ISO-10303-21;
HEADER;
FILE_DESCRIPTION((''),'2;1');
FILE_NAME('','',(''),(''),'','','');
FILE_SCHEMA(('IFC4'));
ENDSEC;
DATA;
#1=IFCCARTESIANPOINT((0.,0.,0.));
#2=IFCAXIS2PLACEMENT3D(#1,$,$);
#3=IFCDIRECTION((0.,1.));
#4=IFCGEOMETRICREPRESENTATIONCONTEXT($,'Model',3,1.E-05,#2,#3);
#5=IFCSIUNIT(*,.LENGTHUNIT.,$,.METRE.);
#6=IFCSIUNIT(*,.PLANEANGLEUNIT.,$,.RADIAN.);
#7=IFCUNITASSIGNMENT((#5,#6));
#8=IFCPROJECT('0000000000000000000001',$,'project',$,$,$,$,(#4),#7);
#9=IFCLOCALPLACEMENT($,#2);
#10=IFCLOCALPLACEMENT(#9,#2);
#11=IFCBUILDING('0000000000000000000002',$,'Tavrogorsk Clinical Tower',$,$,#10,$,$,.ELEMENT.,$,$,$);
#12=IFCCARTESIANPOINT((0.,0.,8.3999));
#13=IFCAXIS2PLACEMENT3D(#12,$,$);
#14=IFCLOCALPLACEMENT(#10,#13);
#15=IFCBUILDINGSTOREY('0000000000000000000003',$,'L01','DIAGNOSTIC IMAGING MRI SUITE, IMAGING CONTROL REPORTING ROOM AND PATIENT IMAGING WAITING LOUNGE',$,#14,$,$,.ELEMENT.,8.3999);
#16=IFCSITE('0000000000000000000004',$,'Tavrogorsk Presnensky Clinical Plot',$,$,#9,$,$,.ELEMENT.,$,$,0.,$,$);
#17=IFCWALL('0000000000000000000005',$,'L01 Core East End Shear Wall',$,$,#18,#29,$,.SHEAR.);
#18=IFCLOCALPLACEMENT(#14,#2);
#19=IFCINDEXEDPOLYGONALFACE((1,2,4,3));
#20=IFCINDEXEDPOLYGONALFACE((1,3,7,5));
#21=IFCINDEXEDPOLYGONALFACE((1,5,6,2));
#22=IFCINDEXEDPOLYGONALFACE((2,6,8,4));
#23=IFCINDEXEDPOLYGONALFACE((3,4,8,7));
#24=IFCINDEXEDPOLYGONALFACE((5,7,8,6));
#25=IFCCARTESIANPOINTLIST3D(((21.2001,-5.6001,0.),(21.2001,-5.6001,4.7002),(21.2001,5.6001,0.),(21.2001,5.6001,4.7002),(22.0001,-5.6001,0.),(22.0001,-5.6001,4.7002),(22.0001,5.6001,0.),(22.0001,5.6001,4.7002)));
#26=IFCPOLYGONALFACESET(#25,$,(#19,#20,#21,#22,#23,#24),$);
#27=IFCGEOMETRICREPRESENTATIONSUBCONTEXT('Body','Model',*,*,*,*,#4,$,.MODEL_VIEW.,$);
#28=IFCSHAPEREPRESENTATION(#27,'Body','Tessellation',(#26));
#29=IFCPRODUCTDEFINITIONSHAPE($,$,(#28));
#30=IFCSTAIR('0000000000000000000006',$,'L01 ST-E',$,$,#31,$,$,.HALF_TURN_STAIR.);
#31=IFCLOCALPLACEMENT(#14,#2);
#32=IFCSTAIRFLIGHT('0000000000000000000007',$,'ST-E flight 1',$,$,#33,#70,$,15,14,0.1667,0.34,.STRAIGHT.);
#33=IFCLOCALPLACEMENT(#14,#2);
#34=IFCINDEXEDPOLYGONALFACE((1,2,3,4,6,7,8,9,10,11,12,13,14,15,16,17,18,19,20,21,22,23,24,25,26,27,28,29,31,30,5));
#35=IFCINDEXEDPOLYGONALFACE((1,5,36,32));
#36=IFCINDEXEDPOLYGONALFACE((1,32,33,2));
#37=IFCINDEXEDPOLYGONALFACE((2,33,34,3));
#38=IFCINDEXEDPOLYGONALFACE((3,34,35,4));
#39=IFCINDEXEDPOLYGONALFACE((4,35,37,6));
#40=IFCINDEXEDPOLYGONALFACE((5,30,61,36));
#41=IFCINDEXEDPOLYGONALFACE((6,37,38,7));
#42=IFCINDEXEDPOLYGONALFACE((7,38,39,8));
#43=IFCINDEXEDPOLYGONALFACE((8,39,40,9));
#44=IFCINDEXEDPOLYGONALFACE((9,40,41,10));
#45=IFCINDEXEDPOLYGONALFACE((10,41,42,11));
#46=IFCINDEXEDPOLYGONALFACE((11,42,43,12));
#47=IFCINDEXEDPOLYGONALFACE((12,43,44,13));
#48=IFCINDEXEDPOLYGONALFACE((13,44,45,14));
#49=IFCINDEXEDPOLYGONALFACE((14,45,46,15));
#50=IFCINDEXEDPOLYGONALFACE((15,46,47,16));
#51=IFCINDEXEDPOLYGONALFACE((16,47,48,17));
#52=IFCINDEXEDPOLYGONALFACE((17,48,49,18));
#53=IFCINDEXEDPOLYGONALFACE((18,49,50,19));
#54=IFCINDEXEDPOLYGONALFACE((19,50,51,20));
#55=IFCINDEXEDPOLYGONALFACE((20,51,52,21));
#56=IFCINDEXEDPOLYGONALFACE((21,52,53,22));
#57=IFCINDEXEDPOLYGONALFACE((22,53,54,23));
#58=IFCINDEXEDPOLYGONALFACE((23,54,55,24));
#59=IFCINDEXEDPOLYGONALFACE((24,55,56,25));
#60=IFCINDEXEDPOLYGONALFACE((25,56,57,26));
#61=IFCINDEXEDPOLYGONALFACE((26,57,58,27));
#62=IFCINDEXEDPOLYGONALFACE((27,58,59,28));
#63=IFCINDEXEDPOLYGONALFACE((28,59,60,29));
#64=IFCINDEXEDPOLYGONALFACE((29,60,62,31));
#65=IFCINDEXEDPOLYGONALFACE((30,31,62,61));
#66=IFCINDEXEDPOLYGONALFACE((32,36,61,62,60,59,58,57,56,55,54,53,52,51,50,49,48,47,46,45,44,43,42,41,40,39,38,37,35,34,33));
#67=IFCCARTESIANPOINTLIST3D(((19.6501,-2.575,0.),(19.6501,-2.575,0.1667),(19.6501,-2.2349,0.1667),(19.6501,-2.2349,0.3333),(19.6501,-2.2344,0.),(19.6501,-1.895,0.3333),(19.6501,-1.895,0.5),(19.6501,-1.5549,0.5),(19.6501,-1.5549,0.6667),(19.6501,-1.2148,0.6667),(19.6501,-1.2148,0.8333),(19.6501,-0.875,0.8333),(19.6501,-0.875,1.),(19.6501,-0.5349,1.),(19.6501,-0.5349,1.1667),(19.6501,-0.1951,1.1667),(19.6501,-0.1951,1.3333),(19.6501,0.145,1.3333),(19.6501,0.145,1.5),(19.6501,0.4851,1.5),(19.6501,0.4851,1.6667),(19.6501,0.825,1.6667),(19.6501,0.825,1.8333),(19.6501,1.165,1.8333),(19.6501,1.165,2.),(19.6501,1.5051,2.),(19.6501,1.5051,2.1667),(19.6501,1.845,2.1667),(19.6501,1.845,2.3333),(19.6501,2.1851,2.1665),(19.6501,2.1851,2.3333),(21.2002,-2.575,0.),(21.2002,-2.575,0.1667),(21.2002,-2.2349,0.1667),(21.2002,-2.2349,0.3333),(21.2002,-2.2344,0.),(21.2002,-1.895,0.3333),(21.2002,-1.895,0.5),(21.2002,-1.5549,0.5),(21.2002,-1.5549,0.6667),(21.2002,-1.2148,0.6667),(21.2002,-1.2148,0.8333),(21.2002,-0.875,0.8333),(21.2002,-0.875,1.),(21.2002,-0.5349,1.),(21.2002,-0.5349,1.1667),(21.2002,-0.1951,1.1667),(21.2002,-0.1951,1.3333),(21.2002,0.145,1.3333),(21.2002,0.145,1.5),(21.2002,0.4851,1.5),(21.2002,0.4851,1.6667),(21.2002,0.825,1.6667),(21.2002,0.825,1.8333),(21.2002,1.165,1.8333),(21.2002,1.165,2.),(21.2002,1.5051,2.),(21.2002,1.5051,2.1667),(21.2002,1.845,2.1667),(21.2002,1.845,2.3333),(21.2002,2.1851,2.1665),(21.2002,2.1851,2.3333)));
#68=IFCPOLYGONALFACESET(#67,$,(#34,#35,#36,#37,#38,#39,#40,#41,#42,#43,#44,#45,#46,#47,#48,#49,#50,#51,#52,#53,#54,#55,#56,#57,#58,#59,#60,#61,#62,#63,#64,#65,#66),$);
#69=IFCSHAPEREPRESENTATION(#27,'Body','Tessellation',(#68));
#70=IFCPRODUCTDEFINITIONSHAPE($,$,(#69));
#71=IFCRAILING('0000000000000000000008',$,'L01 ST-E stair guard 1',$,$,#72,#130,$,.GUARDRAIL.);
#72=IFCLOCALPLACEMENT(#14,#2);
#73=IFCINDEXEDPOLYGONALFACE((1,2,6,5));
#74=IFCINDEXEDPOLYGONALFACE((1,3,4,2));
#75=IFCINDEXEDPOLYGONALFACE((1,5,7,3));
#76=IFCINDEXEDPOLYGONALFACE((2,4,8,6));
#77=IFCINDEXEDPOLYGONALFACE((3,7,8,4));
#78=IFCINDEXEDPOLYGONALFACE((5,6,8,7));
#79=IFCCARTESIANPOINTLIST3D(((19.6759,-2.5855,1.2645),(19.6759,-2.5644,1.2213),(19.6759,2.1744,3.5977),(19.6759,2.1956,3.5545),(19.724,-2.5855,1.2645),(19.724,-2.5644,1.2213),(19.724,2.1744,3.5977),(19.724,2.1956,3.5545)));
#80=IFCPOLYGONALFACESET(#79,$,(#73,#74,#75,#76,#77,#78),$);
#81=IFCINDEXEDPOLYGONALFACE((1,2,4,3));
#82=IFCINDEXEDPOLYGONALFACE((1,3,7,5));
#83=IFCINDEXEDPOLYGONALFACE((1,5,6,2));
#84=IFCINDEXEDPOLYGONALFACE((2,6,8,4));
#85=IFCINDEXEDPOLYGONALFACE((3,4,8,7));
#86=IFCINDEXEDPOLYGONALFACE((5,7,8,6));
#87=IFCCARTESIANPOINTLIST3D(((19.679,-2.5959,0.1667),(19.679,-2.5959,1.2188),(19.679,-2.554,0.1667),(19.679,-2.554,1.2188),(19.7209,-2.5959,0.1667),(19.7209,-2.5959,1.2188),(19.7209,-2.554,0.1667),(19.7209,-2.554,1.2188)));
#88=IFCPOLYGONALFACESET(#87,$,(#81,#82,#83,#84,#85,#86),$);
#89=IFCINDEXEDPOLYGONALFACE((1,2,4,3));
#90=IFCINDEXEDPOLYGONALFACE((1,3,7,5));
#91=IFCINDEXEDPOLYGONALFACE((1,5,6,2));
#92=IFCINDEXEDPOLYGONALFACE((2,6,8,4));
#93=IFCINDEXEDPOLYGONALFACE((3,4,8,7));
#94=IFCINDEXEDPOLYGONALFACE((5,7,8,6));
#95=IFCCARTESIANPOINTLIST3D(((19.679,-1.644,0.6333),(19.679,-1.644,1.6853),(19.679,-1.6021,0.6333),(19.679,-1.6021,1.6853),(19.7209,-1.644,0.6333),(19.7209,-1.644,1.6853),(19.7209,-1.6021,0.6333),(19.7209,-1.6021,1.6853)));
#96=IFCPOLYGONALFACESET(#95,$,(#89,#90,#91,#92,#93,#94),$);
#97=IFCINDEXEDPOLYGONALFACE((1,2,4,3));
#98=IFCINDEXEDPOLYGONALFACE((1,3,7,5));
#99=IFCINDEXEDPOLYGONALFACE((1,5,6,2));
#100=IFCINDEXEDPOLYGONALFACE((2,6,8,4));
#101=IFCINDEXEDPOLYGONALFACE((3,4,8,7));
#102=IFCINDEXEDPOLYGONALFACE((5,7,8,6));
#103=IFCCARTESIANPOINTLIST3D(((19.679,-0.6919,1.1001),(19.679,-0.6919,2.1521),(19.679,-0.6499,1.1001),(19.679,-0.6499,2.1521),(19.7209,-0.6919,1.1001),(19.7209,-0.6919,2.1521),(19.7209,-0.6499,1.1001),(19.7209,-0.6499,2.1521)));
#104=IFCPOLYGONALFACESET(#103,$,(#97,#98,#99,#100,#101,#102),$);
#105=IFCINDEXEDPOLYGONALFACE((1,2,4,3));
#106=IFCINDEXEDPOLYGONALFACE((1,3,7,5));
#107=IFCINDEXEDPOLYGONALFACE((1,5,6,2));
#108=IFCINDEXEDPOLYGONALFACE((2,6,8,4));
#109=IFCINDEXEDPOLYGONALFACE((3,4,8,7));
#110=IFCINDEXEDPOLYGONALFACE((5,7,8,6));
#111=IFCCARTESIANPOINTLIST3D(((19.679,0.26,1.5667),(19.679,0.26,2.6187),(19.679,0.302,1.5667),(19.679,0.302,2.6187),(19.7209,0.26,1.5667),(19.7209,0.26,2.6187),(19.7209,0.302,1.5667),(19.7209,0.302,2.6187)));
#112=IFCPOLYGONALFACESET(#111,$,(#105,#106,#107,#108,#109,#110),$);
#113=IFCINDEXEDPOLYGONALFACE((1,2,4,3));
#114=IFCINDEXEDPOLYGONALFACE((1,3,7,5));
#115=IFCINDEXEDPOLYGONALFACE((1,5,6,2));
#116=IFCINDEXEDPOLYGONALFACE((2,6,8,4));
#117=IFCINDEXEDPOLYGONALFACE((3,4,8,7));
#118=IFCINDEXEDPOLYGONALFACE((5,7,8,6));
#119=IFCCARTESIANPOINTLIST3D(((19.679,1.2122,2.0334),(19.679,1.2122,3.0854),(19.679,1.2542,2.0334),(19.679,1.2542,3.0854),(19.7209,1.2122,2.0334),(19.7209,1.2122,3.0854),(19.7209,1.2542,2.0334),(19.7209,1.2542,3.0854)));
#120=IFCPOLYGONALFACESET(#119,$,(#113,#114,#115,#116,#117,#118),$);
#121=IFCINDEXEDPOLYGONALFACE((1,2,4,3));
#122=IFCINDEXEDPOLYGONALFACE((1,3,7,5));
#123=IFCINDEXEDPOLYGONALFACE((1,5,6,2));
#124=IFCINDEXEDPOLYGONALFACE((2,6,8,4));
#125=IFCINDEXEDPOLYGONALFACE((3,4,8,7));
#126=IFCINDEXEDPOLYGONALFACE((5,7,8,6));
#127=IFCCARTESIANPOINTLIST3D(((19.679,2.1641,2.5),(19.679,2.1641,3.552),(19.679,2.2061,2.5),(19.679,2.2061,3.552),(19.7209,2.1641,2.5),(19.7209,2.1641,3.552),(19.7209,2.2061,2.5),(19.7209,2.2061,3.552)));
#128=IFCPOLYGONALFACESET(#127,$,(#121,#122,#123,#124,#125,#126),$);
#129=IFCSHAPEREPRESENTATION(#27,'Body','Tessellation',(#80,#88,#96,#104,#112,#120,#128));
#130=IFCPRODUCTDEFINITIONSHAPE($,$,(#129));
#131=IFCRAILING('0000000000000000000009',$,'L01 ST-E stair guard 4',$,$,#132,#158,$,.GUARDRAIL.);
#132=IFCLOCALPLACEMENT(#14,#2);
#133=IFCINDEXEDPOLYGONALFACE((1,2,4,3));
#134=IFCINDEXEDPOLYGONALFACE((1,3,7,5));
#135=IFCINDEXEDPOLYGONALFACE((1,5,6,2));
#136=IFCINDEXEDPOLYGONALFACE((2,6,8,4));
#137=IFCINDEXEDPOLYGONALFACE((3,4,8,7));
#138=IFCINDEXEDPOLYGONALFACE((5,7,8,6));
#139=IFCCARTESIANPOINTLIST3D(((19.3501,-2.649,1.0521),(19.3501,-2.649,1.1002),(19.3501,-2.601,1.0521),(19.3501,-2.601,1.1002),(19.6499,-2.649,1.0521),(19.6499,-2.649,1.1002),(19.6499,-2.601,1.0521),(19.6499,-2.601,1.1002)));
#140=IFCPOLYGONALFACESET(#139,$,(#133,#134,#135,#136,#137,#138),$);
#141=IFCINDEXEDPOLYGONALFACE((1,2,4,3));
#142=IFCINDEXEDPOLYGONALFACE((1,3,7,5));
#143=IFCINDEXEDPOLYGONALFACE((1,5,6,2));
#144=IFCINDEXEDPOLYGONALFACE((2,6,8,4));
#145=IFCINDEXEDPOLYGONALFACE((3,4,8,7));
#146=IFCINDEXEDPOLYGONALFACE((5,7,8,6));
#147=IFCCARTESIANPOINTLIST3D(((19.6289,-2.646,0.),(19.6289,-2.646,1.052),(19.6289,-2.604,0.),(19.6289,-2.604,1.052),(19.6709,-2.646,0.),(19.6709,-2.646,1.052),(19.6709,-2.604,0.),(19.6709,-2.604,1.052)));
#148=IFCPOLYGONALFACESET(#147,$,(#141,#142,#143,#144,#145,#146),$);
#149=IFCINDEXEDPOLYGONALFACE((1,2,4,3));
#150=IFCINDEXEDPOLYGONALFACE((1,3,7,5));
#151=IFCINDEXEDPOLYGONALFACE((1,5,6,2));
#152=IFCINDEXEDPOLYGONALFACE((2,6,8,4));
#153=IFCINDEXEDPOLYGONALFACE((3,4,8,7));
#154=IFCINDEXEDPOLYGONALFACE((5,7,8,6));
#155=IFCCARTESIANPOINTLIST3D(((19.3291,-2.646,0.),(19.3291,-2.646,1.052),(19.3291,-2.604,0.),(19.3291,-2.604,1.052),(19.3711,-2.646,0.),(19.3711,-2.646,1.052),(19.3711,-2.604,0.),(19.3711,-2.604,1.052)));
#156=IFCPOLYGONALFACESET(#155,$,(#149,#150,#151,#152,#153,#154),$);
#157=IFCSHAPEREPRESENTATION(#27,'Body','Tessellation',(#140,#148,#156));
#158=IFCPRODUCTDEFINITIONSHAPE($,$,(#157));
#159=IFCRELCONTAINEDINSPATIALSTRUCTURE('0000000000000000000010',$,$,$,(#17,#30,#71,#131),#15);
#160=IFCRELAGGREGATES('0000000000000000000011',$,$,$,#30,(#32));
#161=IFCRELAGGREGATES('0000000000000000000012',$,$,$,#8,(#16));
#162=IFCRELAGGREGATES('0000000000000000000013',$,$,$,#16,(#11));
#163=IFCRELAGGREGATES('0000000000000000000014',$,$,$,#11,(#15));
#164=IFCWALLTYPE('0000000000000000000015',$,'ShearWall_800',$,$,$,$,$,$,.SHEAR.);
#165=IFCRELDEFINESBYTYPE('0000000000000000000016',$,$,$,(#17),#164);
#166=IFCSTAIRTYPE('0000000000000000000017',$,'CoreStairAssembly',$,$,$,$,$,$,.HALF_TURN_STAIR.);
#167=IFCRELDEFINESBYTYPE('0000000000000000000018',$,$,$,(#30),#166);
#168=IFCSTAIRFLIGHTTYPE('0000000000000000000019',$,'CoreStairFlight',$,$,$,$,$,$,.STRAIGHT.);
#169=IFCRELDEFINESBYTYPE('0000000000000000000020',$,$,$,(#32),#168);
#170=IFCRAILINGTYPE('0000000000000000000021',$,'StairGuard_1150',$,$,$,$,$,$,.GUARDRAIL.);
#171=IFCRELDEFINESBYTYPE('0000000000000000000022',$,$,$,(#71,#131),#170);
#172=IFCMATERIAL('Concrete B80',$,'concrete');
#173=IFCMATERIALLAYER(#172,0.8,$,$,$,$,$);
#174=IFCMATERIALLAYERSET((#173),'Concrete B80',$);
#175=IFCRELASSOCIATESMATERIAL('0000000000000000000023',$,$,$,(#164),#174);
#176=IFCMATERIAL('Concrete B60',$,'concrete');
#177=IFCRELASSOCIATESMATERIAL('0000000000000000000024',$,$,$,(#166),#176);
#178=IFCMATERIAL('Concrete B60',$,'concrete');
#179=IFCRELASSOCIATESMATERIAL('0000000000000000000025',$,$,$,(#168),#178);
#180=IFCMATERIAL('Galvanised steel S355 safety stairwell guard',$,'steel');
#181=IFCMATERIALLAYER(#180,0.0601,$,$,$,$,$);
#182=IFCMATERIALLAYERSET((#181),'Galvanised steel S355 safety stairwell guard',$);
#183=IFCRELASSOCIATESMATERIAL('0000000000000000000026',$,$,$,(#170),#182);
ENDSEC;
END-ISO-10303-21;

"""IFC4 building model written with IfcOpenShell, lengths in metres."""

from ifc_helpers import new_model, si_unit, direction, frame, frame_2d, origin, origin_2d, place, context, subcontext, project, spatial, polyline, rectangle, outline, extrude, material, layer, layer_set, type_object, element, aggregate, save


model = new_model("IFC4")

# Units and contexts
model_context = context("Model", 3, precision=1e-05, world=origin(), true_north=direction((0.0, 1.0)))
body_context = subcontext(model_context, "Body", "Model", "MODEL_VIEW")
ifc_project = project(units=[si_unit("LENGTHUNIT", "METRE"), si_unit("PLANEANGLEUNIT", "RADIAN")], contexts=[model_context])

# Site, building, storey
site_placement = place(None, origin())
site = spatial("IfcSite", under=ifc_project, at=site_placement, Name="Tavrogorsk Presnensky Clinical Plot", CompositionType="ELEMENT", RefElevation=0.0)
building_placement = place(site_placement, origin())
building = spatial("IfcBuilding", under=site, at=building_placement, Name="Tavrogorsk Clinical Tower", CompositionType="ELEMENT")
storey_placement = place(building_placement, frame((0.0, 0.0, 8.3999)))
storey = spatial("IfcBuildingStorey", under=building, at=storey_placement, Name="L01", Description="DIAGNOSTIC IMAGING MRI SUITE, IMAGING CONTROL REPORTING ROOM AND PATIENT IMAGING WAITING LOUNGE", CompositionType="ELEMENT", Elevation=8.3999)

# Wall
ifc_material_1 = material(Name="Concrete B80", Category="concrete")
ifc_layer_1 = layer(ifc_material_1, 0.8)
ifc_layer_set_1 = layer_set([ifc_layer_1], Name="Concrete B80")
wall_type_1 = type_object("IfcWallType", Name="ShearWall_800", PredefinedType="SHEAR", material=ifc_layer_set_1)
wall_1_placement = place(storey_placement, frame((21.6001, -5.6001, 0.0), z_axis=(0.0, 0.0, 1.0), x_axis=(0.0, 1.0, 0.0)))
element("IfcWall", 1, at=wall_1_placement, inside=storey, type_object=wall_type_1, Name="L01 Core East End Shear Wall", PredefinedType="SHEAR", context=body_context, shape_type="SweptSolid", body=[
    extrude(rectangle(XDim=11.2002, YDim=0.8, at=frame_2d((5.6001, 0.0))), origin(), (0.0, 0.0, 1.0), 4.7002),
])

# Stair, stair flight
ifc_material_2 = material(Name="Concrete B60", Category="concrete")
stair_type = type_object("IfcStairType", Name="CoreStairAssembly", PredefinedType="HALF_TURN_STAIR", material=ifc_material_2)
stair_placement = place(storey_placement, origin())
stair = element("IfcStair", 2, at=stair_placement, inside=storey, type_object=stair_type, Name="L01 ST-E", PredefinedType="HALF_TURN_STAIR")
ifc_material_3 = material(Name="Concrete B60", Category="concrete")
stair_flight_type = type_object("IfcStairFlightType", Name="CoreStairFlight", PredefinedType="STRAIGHT", material=ifc_material_3)
stair_flight_placement = place(storey_placement, frame((20.425, -2.575, 0.0), z_axis=(0.0, 0.0, 1.0), x_axis=(0.0, 1.0, 0.0)))
stair_flight = element("IfcStairFlight", 3, at=stair_flight_placement, type_object=stair_flight_type, Name="ST-E flight 1", NumberOfRisers=15, NumberOfTreads=14, PredefinedType="STRAIGHT", RiserHeight=0.1667, TreadLength=0.34, context=body_context, shape_type="SweptSolid", body=[
    extrude(outline(polyline([(0.0, 0.0), (0.0, 0.1667), (0.3401, 0.1667), (0.3401, 0.3333), (0.6799, 0.3333), (0.6799, 0.5), (1.02, 0.5), (1.02, 0.6667), (1.3601, 0.6667), (1.3601, 0.8333), (1.7, 0.8333), (1.7, 1.0), (2.04, 1.0), (2.04, 1.1667), (2.3799, 1.1667), (2.3799, 1.3333), (2.72, 1.3333), (2.72, 1.5), (3.0601, 1.5), (3.0601, 1.6667), (3.3999, 1.6667), (3.3999, 1.8333), (3.74, 1.8333), (3.74, 2.0), (4.0801, 2.0), (4.0801, 2.1667), (4.4199, 2.1667), (4.4199, 2.3333), (4.76, 2.3333), (4.76, 2.5), (4.76, 2.1665), (0.3406, 0.0), (0.0, 0.0)])), frame((0.0, 0.7749, 0.0), z_axis=(0.0, -1.0, 0.0), x_axis=(1.0, 0.0, 0.0)), (0.0, 0.0, 1.0), 1.55),
])
aggregate(stair, [stair_flight])

# Railings
ifc_material_4 = material(Name="Galvanised steel S355 safety stairwell guard", Category="steel")
ifc_layer_2 = layer(ifc_material_4, 0.0601)
ifc_layer_set_2 = layer_set([ifc_layer_2], Name="Galvanised steel S355 safety stairwell guard")
railing_type = type_object("IfcRailingType", Name="StairGuard_1150", PredefinedType="GUARDRAIL", material=ifc_layer_set_2)
railing_1_placement = place(storey_placement, frame((19.7, -2.575, 0.1667)))
element("IfcRailing", 4, at=railing_1_placement, inside=storey, type_object=railing_type, Name="L01 ST-E stair guard 1", PredefinedType="GUARDRAIL", context=body_context, shape_type="SweptSolid", body=[
    extrude(rectangle(XDim=0.0481, YDim=0.0481, at=origin_2d()), frame((0.0, 0.0, 1.0762), z_axis=(0.0, 0.897927, 0.440144), x_axis=(-1.0, 0.0, 0.0)), (0.0, 0.0, 1.0), 5.301),
    extrude(rectangle(XDim=0.042, YDim=0.042, at=origin_2d()), origin(), (0.0, 0.0, 1.0), 1.052),
    extrude(rectangle(XDim=0.042, YDim=0.042, at=origin_2d()), frame((0.0, 0.9519, 0.4666)), (0.0, 0.0, 1.0), 1.052),
    extrude(rectangle(XDim=0.042, YDim=0.042, at=origin_2d()), frame((0.0, 1.9041, 0.9333)), (0.0, 0.0, 1.0), 1.052),
    extrude(rectangle(XDim=0.042, YDim=0.042, at=origin_2d()), frame((0.0, 2.856, 1.3999)), (0.0, 0.0, 1.0), 1.052),
    extrude(rectangle(XDim=0.042, YDim=0.042, at=origin_2d()), frame((0.0, 3.8081, 1.8667)), (0.0, 0.0, 1.0), 1.052),
    extrude(rectangle(XDim=0.042, YDim=0.042, at=origin_2d()), frame((0.0, 4.76, 2.3333)), (0.0, 0.0, 1.0), 1.052),
])
railing_2_placement = place(storey_placement, frame((19.6499, -2.625, 0.0)))
element("IfcRailing", 5, at=railing_2_placement, inside=storey, type_object=railing_type, Name="L01 ST-E stair guard 4", PredefinedType="GUARDRAIL", context=body_context, shape_type="SweptSolid", body=[
    extrude(rectangle(XDim=0.0481, YDim=0.0481, at=origin_2d()), frame((0.0, 0.0, 1.0762), z_axis=(-1.0, 0.0, 0.0), x_axis=(0.0, -1.0, 0.0)), (0.0, 0.0, 1.0), 0.2998),
    extrude(rectangle(XDim=0.042, YDim=0.042, at=origin_2d()), origin(), (0.0, 0.0, 1.0), 1.052),
    extrude(rectangle(XDim=0.042, YDim=0.042, at=origin_2d()), frame((-0.2998, 0.0, 0.0)), (0.0, 0.0, 1.0), 1.052),
])

save(model, "model.ifc")
